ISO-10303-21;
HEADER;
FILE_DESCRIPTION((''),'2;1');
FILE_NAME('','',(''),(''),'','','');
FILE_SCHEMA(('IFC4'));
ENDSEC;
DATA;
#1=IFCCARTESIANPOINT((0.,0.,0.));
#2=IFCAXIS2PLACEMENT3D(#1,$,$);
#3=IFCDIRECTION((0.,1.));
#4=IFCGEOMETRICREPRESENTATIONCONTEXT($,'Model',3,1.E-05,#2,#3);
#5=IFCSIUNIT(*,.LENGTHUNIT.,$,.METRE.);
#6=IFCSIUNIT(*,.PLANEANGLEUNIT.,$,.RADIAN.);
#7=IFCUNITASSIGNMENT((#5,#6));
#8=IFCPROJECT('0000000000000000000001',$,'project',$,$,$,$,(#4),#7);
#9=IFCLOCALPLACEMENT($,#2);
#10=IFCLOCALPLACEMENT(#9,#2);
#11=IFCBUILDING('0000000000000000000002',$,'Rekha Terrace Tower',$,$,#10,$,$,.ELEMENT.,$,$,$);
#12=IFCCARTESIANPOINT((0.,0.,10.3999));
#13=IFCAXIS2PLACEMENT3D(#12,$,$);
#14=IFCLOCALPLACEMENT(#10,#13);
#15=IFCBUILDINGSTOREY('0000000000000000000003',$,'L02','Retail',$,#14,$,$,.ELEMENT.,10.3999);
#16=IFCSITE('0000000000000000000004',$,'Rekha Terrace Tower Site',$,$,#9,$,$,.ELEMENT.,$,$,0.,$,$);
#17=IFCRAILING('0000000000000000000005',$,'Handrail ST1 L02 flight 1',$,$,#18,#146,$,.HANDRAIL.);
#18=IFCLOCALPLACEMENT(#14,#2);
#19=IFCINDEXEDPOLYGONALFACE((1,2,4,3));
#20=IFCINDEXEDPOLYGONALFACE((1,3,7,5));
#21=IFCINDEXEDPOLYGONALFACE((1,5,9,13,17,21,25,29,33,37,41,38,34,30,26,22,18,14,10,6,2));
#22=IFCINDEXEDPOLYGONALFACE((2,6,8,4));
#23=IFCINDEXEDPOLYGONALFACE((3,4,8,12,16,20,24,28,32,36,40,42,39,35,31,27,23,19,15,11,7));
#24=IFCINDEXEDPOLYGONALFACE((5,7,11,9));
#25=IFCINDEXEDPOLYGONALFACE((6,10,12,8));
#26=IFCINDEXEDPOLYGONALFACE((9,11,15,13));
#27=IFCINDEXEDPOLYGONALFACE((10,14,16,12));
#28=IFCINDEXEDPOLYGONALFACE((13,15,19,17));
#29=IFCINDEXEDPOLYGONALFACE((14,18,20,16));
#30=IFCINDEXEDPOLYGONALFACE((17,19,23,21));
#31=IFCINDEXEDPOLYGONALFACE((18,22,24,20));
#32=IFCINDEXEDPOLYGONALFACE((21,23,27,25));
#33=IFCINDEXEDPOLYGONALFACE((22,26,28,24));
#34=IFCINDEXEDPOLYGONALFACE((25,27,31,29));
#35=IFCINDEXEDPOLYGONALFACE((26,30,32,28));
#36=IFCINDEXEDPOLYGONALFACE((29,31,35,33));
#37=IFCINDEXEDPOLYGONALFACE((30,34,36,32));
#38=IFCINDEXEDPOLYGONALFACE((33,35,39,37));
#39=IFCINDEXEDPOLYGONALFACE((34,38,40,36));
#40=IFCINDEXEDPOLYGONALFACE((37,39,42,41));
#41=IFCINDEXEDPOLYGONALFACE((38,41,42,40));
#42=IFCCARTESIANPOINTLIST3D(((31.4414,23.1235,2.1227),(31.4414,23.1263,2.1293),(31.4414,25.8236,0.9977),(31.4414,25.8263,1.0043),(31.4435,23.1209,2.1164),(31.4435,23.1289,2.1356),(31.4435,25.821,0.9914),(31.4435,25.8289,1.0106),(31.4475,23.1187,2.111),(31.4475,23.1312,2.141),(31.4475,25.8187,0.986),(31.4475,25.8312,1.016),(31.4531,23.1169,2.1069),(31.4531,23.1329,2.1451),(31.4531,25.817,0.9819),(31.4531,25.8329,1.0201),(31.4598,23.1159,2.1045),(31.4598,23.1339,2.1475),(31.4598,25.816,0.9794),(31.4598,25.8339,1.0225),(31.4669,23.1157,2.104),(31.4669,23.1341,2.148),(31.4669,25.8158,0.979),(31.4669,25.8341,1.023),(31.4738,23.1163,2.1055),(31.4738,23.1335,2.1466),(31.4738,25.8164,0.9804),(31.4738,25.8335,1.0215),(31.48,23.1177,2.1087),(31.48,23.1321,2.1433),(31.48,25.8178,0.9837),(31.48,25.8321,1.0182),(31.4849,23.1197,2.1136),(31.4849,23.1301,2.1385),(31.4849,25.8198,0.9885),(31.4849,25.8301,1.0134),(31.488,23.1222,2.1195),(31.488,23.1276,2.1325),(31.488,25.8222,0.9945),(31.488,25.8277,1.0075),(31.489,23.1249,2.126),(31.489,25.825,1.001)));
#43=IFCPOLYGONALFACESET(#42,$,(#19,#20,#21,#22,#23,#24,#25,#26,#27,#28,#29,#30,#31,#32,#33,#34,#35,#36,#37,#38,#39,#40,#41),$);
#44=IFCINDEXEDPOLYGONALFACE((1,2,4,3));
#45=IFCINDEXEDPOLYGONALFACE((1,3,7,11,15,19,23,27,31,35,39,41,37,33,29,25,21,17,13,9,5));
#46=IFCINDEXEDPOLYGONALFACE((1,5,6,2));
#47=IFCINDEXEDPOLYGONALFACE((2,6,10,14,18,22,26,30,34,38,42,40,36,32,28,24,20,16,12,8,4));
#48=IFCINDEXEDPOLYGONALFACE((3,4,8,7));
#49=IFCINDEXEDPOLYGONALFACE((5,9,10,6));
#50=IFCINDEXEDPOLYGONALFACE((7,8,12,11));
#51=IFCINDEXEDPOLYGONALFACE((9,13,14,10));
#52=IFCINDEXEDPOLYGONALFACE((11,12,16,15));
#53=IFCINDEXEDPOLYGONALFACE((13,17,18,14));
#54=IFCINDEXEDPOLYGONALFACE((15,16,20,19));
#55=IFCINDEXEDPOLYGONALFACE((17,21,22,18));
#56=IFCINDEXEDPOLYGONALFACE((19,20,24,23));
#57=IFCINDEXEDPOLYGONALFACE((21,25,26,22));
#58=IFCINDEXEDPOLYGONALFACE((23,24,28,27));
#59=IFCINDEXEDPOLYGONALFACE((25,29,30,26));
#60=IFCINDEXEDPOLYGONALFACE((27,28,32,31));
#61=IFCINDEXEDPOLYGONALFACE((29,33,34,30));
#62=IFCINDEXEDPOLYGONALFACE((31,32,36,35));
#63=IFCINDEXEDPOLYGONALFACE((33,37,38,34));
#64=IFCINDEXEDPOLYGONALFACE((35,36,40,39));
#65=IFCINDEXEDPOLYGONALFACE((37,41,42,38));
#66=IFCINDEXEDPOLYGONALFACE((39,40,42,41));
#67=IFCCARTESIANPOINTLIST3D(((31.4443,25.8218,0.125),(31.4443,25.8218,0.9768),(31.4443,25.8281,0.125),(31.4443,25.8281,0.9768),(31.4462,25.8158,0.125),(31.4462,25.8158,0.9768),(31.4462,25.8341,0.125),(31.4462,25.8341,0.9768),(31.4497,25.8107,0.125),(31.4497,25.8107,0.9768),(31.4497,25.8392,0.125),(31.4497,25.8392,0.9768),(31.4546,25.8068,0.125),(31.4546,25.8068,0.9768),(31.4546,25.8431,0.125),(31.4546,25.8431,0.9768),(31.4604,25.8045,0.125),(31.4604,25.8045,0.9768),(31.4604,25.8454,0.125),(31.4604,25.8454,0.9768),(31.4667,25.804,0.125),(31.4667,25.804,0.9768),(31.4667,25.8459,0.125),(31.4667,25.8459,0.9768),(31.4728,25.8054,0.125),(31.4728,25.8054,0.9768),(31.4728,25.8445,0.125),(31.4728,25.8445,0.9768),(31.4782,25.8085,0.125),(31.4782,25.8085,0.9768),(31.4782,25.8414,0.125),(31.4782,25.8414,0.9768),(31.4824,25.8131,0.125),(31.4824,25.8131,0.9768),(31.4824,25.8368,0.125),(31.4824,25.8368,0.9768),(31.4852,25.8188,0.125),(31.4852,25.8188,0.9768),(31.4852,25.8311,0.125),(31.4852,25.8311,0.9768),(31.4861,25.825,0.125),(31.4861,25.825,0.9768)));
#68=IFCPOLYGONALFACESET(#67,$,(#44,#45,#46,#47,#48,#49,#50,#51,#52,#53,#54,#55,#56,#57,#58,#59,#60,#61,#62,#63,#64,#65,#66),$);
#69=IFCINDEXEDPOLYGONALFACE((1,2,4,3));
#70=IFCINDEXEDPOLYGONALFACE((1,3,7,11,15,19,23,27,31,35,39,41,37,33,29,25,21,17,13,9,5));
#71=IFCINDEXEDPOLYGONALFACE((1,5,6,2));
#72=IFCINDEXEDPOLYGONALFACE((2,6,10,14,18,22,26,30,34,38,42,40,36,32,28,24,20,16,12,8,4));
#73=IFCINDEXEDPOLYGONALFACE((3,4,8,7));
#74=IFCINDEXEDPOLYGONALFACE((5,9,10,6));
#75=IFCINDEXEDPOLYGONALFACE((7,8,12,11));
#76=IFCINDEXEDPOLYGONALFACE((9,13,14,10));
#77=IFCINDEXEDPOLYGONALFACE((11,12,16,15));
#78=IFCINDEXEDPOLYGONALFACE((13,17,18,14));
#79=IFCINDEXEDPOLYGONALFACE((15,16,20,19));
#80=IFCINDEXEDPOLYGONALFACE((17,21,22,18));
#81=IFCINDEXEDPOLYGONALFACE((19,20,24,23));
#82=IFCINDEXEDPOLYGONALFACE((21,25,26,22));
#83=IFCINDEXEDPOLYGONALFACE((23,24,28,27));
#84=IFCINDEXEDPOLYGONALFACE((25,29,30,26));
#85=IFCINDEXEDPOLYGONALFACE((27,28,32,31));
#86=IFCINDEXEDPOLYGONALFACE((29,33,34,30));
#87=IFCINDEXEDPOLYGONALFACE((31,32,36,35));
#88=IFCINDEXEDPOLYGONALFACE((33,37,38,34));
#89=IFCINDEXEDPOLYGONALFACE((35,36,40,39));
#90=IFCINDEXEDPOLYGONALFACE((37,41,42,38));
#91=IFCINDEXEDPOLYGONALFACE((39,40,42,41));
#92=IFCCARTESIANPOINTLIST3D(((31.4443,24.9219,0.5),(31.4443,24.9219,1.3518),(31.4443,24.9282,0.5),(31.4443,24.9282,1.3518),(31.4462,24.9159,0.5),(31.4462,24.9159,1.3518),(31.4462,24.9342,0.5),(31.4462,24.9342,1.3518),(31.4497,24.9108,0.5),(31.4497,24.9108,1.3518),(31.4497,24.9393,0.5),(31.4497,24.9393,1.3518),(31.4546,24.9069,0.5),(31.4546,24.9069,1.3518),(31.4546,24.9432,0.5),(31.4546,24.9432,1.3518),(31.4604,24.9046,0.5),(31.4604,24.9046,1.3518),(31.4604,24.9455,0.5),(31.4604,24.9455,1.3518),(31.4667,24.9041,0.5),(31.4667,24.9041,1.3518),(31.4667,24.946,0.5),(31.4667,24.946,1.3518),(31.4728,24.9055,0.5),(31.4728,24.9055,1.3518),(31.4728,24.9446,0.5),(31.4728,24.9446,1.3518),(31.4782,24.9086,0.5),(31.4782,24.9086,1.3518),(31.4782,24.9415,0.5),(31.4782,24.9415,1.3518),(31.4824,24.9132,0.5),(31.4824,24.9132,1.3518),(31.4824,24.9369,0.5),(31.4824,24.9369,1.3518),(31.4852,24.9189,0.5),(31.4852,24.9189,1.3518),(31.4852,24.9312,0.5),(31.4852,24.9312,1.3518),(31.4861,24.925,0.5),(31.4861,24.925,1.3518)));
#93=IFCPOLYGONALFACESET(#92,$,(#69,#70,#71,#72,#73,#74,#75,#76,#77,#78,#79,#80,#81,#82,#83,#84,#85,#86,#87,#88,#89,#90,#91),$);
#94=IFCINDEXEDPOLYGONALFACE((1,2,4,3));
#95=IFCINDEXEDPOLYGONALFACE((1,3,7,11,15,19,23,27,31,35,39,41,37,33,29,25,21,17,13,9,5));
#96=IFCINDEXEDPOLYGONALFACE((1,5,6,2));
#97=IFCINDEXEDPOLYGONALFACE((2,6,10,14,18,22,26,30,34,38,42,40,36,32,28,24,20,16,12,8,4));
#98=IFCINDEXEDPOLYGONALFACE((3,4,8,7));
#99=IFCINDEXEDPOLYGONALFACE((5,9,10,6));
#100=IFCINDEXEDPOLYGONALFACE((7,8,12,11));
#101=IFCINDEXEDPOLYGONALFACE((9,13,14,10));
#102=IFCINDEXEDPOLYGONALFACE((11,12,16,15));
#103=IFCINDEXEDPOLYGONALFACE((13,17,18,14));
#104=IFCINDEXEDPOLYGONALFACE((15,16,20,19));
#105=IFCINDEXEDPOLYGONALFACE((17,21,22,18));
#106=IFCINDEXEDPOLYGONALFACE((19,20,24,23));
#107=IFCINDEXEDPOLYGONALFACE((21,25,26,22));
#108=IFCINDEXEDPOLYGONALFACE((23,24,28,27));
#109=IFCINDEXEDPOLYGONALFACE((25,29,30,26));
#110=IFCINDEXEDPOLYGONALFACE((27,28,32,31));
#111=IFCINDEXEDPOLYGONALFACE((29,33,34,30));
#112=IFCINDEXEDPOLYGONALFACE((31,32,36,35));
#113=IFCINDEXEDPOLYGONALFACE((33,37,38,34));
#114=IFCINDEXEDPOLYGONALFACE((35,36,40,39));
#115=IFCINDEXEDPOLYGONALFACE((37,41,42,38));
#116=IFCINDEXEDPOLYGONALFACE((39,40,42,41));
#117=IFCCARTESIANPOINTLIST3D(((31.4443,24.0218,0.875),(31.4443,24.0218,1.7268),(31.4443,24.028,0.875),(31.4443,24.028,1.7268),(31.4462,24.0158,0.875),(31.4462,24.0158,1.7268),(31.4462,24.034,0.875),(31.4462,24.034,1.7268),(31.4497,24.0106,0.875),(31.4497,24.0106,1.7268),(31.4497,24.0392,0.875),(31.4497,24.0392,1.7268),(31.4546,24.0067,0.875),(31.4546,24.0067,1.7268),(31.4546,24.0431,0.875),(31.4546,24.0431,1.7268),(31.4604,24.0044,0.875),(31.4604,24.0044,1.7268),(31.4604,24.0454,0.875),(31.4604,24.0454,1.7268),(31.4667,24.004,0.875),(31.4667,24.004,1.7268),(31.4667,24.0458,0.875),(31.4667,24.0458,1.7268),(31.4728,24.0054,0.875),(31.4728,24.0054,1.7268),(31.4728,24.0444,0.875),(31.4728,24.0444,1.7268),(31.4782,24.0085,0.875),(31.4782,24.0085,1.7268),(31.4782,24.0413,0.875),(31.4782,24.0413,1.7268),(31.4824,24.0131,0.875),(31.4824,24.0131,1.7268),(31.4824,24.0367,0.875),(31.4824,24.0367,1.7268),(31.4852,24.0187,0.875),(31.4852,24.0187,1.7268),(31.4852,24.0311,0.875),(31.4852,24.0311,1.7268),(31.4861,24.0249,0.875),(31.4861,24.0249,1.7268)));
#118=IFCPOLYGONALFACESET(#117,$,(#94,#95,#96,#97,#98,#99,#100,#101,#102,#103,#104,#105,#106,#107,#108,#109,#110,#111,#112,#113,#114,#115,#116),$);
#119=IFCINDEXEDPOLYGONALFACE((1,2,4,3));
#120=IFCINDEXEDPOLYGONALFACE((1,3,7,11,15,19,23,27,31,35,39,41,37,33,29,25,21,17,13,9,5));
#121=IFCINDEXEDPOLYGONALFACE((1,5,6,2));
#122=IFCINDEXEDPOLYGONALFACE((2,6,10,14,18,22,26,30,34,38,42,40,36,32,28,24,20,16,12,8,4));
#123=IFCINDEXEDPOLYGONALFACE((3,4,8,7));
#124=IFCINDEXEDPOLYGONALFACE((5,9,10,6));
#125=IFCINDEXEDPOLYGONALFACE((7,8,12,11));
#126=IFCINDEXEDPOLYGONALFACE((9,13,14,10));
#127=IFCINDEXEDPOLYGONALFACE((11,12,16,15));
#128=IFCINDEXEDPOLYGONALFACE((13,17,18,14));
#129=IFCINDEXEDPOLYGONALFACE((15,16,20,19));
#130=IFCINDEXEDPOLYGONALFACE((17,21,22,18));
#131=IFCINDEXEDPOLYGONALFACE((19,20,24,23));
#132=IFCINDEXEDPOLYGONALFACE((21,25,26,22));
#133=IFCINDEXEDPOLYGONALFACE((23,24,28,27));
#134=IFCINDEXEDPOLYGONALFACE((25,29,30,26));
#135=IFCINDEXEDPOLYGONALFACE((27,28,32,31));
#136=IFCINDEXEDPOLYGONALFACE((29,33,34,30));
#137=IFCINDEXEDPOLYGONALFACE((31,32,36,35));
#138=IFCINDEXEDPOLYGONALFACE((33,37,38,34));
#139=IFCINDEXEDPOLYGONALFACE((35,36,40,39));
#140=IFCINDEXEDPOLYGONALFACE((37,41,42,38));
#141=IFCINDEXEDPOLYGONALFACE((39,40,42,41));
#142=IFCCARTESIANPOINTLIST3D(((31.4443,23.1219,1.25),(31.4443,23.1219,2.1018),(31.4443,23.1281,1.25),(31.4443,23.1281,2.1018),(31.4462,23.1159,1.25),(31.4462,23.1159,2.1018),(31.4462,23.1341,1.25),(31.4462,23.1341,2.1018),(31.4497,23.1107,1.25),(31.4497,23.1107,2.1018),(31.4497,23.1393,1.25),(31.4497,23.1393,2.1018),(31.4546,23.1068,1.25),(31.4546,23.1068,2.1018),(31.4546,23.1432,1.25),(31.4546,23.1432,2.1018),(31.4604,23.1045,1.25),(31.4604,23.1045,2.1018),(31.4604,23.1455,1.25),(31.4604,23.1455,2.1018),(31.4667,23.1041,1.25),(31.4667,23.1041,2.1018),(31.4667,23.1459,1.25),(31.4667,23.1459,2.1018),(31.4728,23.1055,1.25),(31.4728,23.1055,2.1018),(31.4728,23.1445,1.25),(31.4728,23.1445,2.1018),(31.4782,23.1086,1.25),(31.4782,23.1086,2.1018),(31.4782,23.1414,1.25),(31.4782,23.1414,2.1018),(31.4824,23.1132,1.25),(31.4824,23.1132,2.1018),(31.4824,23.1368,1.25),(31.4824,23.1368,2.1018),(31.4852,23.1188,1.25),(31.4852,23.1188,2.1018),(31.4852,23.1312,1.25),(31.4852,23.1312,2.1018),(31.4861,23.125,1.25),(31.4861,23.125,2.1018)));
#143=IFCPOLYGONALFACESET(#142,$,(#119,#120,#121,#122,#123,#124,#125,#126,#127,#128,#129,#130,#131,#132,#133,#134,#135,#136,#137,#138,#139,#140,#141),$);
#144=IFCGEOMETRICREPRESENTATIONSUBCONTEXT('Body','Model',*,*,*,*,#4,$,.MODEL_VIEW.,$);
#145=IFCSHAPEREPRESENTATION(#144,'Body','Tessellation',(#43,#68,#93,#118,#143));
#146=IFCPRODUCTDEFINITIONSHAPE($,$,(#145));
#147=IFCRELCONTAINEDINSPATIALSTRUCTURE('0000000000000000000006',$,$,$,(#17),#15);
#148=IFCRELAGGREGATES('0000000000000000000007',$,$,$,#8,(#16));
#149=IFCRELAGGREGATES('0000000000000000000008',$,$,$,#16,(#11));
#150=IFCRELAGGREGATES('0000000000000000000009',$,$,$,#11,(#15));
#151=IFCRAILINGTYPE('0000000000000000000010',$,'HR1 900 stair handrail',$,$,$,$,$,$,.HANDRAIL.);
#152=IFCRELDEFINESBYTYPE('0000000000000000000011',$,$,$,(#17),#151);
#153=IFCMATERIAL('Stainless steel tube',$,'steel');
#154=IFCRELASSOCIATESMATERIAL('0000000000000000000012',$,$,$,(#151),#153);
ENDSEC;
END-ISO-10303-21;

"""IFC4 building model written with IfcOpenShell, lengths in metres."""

from ifc_helpers import new_model, si_unit, direction, frame, origin, origin_2d, place, context, subcontext, project, spatial, circle, extrude, material, type_object, element, save


model = new_model("IFC4")

# Units and contexts
model_context = context("Model", 3, precision=1e-05, world=origin(), true_north=direction((0.0, 1.0)))
body_context = subcontext(model_context, "Body", "Model", "MODEL_VIEW")
ifc_project = project(units=[si_unit("LENGTHUNIT", "METRE"), si_unit("PLANEANGLEUNIT", "RADIAN")], contexts=[model_context])

# Site, building, storey
site_placement = place(None, origin())
site = spatial("IfcSite", under=ifc_project, at=site_placement, Name="Rekha Terrace Tower Site", CompositionType="ELEMENT", RefElevation=0.0)
building_placement = place(site_placement, origin())
building = spatial("IfcBuilding", under=site, at=building_placement, Name="Rekha Terrace Tower", CompositionType="ELEMENT")
storey_placement = place(building_placement, frame((0.0, 0.0, 10.3999)))
storey = spatial("IfcBuildingStorey", under=building, at=storey_placement, Name="L02", Description="Retail", CompositionType="ELEMENT", Elevation=10.3999)

# Railing
ifc_material_1 = material(Name="Stainless steel tube", Category="steel")
railing_type_1 = type_object("IfcRailingType", Name="HR1 900 stair handrail", PredefinedType="HANDRAIL", material=ifc_material_1)
railing_1_placement = place(storey_placement, frame((31.4651, 25.825, 0.125)))
element("IfcRailing", 1, at=railing_1_placement, inside=storey, type_object=railing_type_1, Name="Handrail ST1 L02 flight 1", PredefinedType="HANDRAIL", context=body_context, shape_type="SweptSolid", body=[
    extrude(circle(Radius=0.0239, at=origin_2d()), frame((0.0, 0.0, 0.876), z_axis=(0.0, -0.923074, 0.384621), x_axis=(1.0, 0.0, 0.0)), (0.0, 0.0, 1.0), 2.925),
    extrude(circle(Radius=0.021, at=origin_2d()), origin(), (0.0, 0.0, 1.0), 0.8518),
    extrude(circle(Radius=0.021, at=origin_2d()), frame((0.0, -0.8999, 0.375)), (0.0, 0.0, 1.0), 0.8518),
    extrude(circle(Radius=0.021, at=origin_2d()), frame((0.0, -1.8, 0.75)), (0.0, 0.0, 1.0), 0.8518),
    extrude(circle(Radius=0.021, at=origin_2d()), frame((0.0, -2.7, 1.125)), (0.0, 0.0, 1.0), 0.8518),
])

save(model, "model.ifc")
